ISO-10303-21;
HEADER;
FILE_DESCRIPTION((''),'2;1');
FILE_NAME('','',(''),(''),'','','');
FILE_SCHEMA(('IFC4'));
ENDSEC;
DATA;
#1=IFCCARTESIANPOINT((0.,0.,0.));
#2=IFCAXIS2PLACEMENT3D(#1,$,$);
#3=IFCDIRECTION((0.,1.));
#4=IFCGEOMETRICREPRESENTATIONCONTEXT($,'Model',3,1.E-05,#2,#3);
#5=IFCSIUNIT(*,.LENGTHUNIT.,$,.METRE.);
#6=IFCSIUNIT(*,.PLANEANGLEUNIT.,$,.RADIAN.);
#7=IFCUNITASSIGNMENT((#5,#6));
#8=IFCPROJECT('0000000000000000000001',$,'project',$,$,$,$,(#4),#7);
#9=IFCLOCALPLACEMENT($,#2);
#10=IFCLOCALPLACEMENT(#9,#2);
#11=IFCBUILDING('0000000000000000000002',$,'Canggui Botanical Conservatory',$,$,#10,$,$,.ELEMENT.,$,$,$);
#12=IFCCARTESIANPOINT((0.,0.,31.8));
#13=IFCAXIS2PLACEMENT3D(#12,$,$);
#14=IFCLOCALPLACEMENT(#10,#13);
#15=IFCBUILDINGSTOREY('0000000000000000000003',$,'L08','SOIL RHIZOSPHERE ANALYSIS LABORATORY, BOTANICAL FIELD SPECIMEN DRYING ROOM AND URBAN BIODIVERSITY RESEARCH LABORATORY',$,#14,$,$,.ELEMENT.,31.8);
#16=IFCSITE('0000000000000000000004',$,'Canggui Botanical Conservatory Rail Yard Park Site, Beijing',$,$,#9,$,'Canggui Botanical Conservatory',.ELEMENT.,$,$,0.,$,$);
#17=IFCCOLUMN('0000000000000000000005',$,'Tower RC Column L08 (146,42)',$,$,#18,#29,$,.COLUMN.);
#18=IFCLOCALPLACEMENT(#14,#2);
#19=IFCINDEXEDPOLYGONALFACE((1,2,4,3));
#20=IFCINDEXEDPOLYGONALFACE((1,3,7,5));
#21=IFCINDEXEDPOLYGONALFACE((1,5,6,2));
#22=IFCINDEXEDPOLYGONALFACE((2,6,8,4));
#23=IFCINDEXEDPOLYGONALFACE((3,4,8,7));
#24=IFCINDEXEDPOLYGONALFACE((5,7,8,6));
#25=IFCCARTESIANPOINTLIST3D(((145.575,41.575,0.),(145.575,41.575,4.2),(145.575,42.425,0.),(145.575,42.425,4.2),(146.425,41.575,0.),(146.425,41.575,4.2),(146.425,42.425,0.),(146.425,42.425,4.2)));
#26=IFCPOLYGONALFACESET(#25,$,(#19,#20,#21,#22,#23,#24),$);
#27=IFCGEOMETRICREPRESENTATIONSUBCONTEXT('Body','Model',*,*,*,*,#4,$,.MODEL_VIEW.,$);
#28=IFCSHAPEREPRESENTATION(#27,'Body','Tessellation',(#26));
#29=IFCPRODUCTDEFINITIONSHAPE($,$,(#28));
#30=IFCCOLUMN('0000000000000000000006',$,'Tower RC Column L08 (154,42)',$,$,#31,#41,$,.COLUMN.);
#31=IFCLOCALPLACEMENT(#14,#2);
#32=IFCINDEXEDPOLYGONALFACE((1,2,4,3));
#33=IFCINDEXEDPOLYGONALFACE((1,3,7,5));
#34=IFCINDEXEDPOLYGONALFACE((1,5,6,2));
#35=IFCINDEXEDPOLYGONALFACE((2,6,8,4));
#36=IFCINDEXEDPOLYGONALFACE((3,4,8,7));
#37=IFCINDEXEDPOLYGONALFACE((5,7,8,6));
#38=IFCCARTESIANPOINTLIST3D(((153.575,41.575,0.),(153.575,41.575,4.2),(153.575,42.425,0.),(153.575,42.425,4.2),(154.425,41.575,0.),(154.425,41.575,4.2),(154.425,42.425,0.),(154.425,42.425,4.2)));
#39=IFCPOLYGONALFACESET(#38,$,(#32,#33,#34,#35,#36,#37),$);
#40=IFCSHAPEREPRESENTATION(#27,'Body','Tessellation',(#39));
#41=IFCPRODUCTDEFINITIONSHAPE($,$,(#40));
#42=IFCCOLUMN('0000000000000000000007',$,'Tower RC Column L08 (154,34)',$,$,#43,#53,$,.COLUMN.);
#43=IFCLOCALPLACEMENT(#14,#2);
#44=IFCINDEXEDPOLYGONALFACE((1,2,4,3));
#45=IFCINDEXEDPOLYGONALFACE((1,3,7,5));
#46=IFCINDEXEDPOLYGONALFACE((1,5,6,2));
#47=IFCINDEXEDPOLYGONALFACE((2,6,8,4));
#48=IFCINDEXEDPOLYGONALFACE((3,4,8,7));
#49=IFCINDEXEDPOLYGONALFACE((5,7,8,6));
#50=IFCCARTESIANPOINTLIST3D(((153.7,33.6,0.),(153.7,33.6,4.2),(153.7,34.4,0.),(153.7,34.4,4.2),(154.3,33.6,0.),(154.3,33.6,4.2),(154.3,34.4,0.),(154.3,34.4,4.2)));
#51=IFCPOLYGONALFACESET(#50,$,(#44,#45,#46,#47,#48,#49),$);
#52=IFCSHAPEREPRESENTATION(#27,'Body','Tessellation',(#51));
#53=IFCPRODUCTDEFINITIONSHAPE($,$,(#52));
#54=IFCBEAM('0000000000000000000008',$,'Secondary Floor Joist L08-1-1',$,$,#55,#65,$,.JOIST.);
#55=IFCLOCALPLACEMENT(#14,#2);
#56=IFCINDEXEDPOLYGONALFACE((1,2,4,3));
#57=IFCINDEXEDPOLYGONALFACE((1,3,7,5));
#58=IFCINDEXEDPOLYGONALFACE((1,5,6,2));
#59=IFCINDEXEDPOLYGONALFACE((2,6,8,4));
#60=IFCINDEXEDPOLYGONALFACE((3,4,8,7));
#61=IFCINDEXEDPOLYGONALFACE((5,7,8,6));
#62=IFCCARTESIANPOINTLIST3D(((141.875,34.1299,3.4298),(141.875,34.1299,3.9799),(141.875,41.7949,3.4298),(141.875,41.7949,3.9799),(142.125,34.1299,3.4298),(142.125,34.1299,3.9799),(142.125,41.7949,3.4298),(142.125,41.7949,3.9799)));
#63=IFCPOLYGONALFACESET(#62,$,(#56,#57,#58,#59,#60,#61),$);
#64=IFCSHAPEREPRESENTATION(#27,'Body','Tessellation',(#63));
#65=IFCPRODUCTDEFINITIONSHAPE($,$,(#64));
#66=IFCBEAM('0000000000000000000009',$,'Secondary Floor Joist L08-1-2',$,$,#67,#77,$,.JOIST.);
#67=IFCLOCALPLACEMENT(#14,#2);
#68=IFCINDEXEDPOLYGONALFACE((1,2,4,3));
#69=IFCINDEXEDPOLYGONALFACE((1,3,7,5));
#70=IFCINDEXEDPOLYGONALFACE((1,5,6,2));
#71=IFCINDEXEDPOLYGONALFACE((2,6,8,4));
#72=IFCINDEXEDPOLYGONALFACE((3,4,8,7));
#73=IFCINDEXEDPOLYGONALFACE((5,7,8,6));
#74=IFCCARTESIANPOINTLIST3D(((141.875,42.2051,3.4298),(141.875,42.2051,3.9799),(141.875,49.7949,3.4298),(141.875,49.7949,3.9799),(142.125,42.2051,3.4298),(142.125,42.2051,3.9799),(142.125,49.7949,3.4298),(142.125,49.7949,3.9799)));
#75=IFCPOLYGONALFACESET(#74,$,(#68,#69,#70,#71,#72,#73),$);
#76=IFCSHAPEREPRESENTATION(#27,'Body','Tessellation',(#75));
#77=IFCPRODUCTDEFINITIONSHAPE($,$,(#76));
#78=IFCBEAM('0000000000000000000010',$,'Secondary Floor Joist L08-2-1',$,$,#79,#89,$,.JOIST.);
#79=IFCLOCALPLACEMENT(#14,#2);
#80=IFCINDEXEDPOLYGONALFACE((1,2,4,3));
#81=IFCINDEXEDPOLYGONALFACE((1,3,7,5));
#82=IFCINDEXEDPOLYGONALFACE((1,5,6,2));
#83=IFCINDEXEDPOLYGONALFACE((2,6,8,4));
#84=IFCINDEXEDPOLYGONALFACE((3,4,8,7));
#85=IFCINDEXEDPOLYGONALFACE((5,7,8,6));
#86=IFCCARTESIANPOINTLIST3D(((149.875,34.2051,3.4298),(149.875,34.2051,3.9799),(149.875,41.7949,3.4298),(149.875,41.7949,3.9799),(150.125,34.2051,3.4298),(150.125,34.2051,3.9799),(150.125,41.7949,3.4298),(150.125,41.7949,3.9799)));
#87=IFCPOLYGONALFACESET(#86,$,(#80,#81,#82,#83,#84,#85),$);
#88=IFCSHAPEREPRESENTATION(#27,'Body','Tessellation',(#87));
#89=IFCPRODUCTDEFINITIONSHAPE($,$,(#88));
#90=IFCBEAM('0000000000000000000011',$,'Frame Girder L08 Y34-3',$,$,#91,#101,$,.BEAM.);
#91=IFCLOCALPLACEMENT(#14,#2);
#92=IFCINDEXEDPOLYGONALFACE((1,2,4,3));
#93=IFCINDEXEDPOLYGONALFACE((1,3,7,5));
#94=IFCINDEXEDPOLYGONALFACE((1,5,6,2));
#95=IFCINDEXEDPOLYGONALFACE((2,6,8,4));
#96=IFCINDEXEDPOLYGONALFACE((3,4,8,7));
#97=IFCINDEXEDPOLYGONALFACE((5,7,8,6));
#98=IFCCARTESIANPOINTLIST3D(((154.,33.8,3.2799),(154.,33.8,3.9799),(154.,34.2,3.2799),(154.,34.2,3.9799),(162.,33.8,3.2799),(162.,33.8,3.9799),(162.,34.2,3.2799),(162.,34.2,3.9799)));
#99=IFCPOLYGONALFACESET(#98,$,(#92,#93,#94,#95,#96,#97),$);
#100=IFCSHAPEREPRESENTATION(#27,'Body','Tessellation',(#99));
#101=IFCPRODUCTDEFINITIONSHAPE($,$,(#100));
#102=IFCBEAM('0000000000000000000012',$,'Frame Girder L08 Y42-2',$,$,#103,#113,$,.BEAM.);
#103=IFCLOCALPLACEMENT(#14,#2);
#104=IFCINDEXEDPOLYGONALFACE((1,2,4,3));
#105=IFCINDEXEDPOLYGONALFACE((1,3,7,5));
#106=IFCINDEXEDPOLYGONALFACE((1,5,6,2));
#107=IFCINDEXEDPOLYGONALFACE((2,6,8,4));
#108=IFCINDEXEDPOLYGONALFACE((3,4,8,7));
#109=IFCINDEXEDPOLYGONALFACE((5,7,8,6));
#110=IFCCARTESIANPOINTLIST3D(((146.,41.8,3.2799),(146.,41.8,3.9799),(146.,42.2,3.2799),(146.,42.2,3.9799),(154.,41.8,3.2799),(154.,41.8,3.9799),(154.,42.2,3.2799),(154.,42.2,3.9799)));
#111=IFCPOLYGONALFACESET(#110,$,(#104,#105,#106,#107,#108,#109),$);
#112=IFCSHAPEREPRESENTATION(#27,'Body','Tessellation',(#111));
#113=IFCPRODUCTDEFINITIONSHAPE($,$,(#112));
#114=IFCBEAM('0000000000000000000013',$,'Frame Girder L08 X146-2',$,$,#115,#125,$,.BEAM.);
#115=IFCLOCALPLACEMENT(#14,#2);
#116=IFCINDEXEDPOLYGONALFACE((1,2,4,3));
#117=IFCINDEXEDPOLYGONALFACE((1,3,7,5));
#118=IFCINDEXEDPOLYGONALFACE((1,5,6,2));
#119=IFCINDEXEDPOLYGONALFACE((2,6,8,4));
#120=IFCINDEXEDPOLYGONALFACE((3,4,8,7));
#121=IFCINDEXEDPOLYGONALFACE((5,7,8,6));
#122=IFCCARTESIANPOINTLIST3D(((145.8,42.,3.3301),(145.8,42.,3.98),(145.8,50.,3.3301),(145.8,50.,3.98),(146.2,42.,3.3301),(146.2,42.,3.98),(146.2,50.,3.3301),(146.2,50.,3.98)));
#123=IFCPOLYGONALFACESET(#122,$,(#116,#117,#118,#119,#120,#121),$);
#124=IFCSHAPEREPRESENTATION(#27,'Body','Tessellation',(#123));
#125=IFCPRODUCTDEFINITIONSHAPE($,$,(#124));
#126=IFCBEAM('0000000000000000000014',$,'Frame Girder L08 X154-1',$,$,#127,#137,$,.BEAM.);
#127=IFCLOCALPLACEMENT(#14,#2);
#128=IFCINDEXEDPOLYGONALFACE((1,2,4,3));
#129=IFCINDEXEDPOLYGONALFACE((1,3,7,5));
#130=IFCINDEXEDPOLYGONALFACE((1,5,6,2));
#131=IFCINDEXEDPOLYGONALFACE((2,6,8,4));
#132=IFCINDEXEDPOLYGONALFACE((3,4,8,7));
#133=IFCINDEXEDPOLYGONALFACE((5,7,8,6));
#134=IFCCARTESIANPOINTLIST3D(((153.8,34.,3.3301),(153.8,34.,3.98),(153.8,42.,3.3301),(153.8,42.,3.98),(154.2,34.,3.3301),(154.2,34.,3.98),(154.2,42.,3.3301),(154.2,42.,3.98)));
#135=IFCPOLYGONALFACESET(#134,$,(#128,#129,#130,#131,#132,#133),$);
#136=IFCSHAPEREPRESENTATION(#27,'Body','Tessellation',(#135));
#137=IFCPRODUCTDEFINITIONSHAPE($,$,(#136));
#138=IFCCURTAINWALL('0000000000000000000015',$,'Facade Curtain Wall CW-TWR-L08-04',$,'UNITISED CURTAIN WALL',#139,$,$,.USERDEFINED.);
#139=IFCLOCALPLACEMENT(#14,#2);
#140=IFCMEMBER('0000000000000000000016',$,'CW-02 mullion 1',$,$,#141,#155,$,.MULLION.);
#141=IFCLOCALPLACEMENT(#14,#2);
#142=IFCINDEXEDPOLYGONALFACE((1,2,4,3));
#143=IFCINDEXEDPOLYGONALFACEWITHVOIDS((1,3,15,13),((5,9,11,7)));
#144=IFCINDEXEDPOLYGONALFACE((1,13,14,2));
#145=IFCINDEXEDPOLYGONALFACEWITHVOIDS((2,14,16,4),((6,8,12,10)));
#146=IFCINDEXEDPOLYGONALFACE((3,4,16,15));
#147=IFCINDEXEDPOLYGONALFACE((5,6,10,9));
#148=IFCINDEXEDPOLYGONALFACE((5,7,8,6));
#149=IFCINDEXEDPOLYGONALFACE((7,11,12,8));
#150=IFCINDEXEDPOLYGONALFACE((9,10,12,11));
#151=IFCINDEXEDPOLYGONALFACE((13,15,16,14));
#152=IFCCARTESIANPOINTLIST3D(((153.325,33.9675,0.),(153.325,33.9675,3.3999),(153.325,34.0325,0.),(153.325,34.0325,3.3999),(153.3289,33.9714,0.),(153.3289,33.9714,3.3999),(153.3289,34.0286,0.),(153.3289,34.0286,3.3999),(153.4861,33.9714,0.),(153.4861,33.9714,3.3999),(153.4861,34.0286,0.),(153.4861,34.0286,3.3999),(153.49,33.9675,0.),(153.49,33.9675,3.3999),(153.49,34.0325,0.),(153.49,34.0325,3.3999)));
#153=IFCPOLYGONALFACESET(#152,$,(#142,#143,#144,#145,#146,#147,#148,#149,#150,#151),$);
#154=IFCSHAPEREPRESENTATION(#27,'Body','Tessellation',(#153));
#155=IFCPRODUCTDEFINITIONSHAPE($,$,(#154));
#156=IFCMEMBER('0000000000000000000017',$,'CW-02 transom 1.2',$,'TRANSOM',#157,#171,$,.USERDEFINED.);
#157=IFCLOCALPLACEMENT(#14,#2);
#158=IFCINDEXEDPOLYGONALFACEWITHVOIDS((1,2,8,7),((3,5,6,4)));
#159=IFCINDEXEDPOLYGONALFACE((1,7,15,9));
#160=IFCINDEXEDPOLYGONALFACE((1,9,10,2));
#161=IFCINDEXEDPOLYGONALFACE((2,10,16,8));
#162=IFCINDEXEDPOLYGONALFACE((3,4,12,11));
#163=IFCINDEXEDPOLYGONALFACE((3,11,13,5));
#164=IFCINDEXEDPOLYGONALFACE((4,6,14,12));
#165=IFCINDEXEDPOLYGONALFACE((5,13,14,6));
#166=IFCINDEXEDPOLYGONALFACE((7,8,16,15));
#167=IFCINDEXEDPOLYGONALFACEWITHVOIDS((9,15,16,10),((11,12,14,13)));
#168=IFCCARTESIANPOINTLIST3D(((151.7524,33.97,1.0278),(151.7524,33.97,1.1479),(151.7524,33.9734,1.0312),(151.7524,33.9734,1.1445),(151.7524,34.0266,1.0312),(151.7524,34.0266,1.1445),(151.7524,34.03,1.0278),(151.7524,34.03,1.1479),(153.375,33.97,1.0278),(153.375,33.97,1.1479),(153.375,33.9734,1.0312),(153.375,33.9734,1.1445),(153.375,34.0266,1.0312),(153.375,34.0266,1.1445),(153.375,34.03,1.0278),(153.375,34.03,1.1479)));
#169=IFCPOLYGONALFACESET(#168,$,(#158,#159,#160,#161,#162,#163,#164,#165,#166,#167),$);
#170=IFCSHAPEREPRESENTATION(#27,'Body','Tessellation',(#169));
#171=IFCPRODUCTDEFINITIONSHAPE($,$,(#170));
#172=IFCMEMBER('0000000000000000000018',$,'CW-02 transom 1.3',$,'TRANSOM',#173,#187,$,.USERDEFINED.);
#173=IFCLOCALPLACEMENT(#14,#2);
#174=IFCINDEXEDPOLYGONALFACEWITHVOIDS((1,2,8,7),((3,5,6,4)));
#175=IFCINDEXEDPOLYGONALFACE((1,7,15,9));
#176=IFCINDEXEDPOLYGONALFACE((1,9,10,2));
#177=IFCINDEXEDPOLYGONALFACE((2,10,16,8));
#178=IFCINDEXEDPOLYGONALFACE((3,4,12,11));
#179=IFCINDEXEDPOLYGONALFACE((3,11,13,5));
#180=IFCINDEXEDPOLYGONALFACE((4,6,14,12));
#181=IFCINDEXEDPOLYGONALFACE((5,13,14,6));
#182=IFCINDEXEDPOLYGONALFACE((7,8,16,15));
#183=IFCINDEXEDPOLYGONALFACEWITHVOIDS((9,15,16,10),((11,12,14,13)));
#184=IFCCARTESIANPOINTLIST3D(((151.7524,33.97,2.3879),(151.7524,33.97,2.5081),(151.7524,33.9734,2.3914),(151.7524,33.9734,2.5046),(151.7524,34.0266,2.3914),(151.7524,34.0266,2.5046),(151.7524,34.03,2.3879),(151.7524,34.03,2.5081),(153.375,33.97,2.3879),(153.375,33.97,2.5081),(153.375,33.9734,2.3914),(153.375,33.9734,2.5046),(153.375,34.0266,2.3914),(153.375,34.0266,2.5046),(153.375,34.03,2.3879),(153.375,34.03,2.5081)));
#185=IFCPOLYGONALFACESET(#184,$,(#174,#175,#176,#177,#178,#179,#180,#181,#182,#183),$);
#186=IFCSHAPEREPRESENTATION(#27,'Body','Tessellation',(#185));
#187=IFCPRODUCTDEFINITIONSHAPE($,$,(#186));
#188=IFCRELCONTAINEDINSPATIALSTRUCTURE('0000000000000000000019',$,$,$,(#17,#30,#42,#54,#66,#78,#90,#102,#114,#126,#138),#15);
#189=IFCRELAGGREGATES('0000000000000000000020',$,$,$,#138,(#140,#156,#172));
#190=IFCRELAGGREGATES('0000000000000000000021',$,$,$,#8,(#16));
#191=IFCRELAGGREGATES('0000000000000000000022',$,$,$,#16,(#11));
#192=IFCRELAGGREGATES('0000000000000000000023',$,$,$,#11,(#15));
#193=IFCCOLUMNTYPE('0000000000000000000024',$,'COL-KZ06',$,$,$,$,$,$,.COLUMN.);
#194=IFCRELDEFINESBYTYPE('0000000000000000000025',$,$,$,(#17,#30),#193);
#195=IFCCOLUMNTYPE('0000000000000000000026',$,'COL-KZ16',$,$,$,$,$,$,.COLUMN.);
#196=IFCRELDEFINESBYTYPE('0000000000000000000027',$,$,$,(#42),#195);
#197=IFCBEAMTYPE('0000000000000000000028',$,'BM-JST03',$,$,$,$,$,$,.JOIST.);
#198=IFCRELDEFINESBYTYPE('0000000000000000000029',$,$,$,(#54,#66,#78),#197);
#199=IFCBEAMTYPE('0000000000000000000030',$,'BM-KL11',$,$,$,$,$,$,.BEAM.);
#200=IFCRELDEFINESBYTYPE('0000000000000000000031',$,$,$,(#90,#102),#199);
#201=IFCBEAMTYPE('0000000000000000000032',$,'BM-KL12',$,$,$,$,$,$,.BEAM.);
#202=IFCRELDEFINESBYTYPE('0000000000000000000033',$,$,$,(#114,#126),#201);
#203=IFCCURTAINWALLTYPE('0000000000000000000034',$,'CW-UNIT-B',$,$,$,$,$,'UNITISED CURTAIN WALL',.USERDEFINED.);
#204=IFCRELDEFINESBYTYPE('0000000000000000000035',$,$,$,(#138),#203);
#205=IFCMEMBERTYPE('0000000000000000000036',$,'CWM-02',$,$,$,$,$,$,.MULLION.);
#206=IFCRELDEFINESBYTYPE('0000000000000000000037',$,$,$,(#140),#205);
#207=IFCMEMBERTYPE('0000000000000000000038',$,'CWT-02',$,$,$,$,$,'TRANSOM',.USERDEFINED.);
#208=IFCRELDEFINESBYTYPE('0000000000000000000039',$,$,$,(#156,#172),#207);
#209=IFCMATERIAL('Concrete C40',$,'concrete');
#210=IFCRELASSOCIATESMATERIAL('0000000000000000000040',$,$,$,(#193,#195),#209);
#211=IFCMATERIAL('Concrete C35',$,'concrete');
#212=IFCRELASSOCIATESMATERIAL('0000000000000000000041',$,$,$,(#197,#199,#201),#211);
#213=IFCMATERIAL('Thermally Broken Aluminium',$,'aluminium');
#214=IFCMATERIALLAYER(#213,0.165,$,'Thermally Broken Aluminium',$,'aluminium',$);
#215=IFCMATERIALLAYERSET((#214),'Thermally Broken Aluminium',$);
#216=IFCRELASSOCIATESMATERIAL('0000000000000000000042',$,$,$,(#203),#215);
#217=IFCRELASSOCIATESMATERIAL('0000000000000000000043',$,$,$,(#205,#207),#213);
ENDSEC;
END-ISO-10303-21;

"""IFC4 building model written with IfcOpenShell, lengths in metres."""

from ifc_helpers import new_model, si_unit, direction, frame, origin, origin_2d, place, context, subcontext, project, spatial, rectangle, hollow_rectangle, extrude, material, layer, layer_set, material_profile, profile_set, type_object, element, aggregate, save


model = new_model("IFC4")

# Units and contexts
model_context = context("Model", 3, precision=1e-05, world=origin(), true_north=direction((0.0, 1.0)))
body_context = subcontext(model_context, "Body", "Model", "MODEL_VIEW")
ifc_project = project(units=[si_unit("LENGTHUNIT", "METRE"), si_unit("PLANEANGLEUNIT", "RADIAN")], contexts=[model_context])

# Site, building, storey
site_placement = place(None, origin())
site = spatial("IfcSite", under=ifc_project, at=site_placement, Name="Canggui Botanical Conservatory Rail Yard Park Site, Beijing", LongName="Canggui Botanical Conservatory", CompositionType="ELEMENT", RefElevation=0.0)
building_placement = place(site_placement, origin())
building = spatial("IfcBuilding", under=site, at=building_placement, Name="Canggui Botanical Conservatory", CompositionType="ELEMENT")
storey_placement = place(building_placement, frame((0.0, 0.0, 31.8)))
storey = spatial("IfcBuildingStorey", under=building, at=storey_placement, Name="L08", Description="SOIL RHIZOSPHERE ANALYSIS LABORATORY, BOTANICAL FIELD SPECIMEN DRYING ROOM AND URBAN BIODIVERSITY RESEARCH LABORATORY", CompositionType="ELEMENT", Elevation=31.8)

# Columns
ifc_material_1 = material(Name="Concrete C40", Category="concrete")
ifc_material_profile_1 = material_profile(ifc_material_1, rectangle(XDim=0.8501, YDim=0.8501, at=origin_2d()), Name="RC 850x850")
ifc_profile_set_1 = profile_set([ifc_material_profile_1], Name="Concrete C40")
column_type_1 = type_object("IfcColumnType", Name="COL-KZ06", PredefinedType="COLUMN", material=ifc_profile_set_1)
for number, where, z_axis, x_axis, name in (
    (1, (146.0, 42.0, 0.0), (0.0, 0.0, 1.0), (1.0, 0.0, 0.0), "Tower RC Column L08 (146,42)"),
    (2, (154.0, 42.0, 0.0), (0.0, 0.0, 1.0), (1.0, 0.0, 0.0), "Tower RC Column L08 (154,42)"),
):
    element("IfcColumn", number, at=place(storey_placement, frame(where, z_axis=z_axis, x_axis=x_axis)), inside=storey, type_object=column_type_1, Name=name, PredefinedType="COLUMN", context=body_context, shape_type="SweptSolid", body=[
        extrude(rectangle(XDim=0.8501, YDim=0.8501, at=origin_2d()), origin(), (0.0, 0.0, 1.0), 4.2),
    ])
ifc_material_profile_2 = material_profile(ifc_material_1, rectangle(XDim=0.6001, YDim=0.8, at=origin_2d()), Name="RC 600x800")
ifc_profile_set_2 = profile_set([ifc_material_profile_2], Name="Concrete C40")
column_type_2 = type_object("IfcColumnType", Name="COL-KZ16", PredefinedType="COLUMN", material=ifc_profile_set_2)
column_placement = place(storey_placement, frame((154.0, 34.0, 0.0), z_axis=(0.0, 0.0, 1.0), x_axis=(1.0, 0.0, 0.0)))
element("IfcColumn", 3, at=column_placement, inside=storey, type_object=column_type_2, Name="Tower RC Column L08 (154,34)", PredefinedType="COLUMN", context=body_context, shape_type="SweptSolid", body=[
    extrude(rectangle(XDim=0.6001, YDim=0.8, at=origin_2d()), origin(), (0.0, 0.0, 1.0), 4.2),
])

# Beams
ifc_material_2 = material(Name="Concrete C35", Category="concrete")
ifc_material_profile_3 = material_profile(ifc_material_2, rectangle(XDim=0.25, YDim=0.55, at=origin_2d()), Name="RB 250x550")
ifc_profile_set_3 = profile_set([ifc_material_profile_3], Name="Concrete C35")
beam_type_1 = type_object("IfcBeamType", Name="BM-JST03", PredefinedType="JOIST", material=ifc_profile_set_3)
beam_placement = place(storey_placement, frame((142.0, 34.1299, 3.7048), z_axis=(0.0, 1.0, 0.0), x_axis=(-1.0, 0.0, 0.0)))
element("IfcBeam", 4, at=beam_placement, inside=storey, type_object=beam_type_1, Name="Secondary Floor Joist L08-1-1", PredefinedType="JOIST", context=body_context, shape_type="SweptSolid", body=[
    extrude(rectangle(XDim=0.25, YDim=0.55, at=origin_2d()), origin(), (0.0, 0.0, 1.0), 7.665),
])
for number, where, z_axis, x_axis, name in (
    (5, (142.0, 42.2051, 3.7048), (0.0, 1.0, 0.0), (-1.0, 0.0, 0.0), "Secondary Floor Joist L08-1-2"),
    (6, (150.0, 34.2051, 3.7048), (0.0, 1.0, 0.0), (-1.0, 0.0, 0.0), "Secondary Floor Joist L08-2-1"),
):
    element("IfcBeam", number, at=place(storey_placement, frame(where, z_axis=z_axis, x_axis=x_axis)), inside=storey, type_object=beam_type_1, Name=name, PredefinedType="JOIST", context=body_context, shape_type="SweptSolid", body=[
        extrude(rectangle(XDim=0.25, YDim=0.55, at=origin_2d()), origin(), (0.0, 0.0, 1.0), 7.5898),
    ])
ifc_material_profile_4 = material_profile(ifc_material_2, rectangle(XDim=0.3999, YDim=0.7, at=origin_2d()), Name="RB 400x700")
ifc_profile_set_4 = profile_set([ifc_material_profile_4], Name="Concrete C35")
beam_type_2 = type_object("IfcBeamType", Name="BM-KL11", PredefinedType="BEAM", material=ifc_profile_set_4)
for number, where, z_axis, x_axis, name in (
    (7, (154.0, 34.0, 3.6299), (1.0, 0.0, 0.0), (0.0, 1.0, 0.0), "Frame Girder L08 Y34-3"),
    (8, (146.0, 42.0, 3.6299), (1.0, 0.0, 0.0), (0.0, 1.0, 0.0), "Frame Girder L08 Y42-2"),
):
    element("IfcBeam", number, at=place(storey_placement, frame(where, z_axis=z_axis, x_axis=x_axis)), inside=storey, type_object=beam_type_2, Name=name, PredefinedType="BEAM", context=body_context, shape_type="SweptSolid", body=[
        extrude(rectangle(XDim=0.3999, YDim=0.7, at=origin_2d()), origin(), (0.0, 0.0, 1.0), 8.0),
    ])
ifc_material_profile_5 = material_profile(ifc_material_2, rectangle(XDim=0.3999, YDim=0.6499, at=origin_2d()), Name="RB 400x650")
ifc_profile_set_5 = profile_set([ifc_material_profile_5], Name="Concrete C35")
beam_type_3 = type_object("IfcBeamType", Name="BM-KL12", PredefinedType="BEAM", material=ifc_profile_set_5)
for number, where, z_axis, x_axis, name in (
    (9, (146.0, 42.0, 3.655), (0.0, 1.0, 0.0), (-1.0, 0.0, 0.0), "Frame Girder L08 X146-2"),
    (10, (154.0, 34.0, 3.655), (0.0, 1.0, 0.0), (-1.0, 0.0, 0.0), "Frame Girder L08 X154-1"),
):
    element("IfcBeam", number, at=place(storey_placement, frame(where, z_axis=z_axis, x_axis=x_axis)), inside=storey, type_object=beam_type_3, Name=name, PredefinedType="BEAM", context=body_context, shape_type="SweptSolid", body=[
        extrude(rectangle(XDim=0.3999, YDim=0.6499, at=origin_2d()), origin(), (0.0, 0.0, 1.0), 8.0),
    ])

# Curtain wall, members
ifc_material_3 = material(Name="Thermally Broken Aluminium", Category="aluminium")
ifc_layer_1 = layer(ifc_material_3, 0.165, Name="Thermally Broken Aluminium", Category="aluminium")
ifc_layer_set_1 = layer_set([ifc_layer_1], Name="Thermally Broken Aluminium")
curtain_wall_type = type_object("IfcCurtainWallType", Name="CW-UNIT-B", ElementType="UNITISED CURTAIN WALL", PredefinedType="USERDEFINED", material=ifc_layer_set_1)
curtain_wall_placement = place(storey_placement, origin())
curtain_wall = element("IfcCurtainWall", 11, at=curtain_wall_placement, inside=storey, type_object=curtain_wall_type, Name="Facade Curtain Wall CW-TWR-L08-04", ObjectType="UNITISED CURTAIN WALL", PredefinedType="USERDEFINED")
ifc_material_profile_6 = material_profile(ifc_material_3, hollow_rectangle(XDim=0.0649, YDim=0.165, WallThickness=0.0039, at=origin_2d()), Name="CWM 65x165x4")
ifc_profile_set_6 = profile_set([ifc_material_profile_6], Name="Thermally Broken Aluminium")
member_type_1 = type_object("IfcMemberType", Name="CWM-02", PredefinedType="MULLION", material=ifc_profile_set_6)
member_1_placement = place(storey_placement, frame((153.4075, 34.0, 0.0), z_axis=(0.0, 0.0, 1.0), x_axis=(0.0, -1.0, 0.0)))
member_1 = element("IfcMember", 12, at=member_1_placement, type_object=member_type_1, Name="CW-02 mullion 1", PredefinedType="MULLION", context=body_context, shape_type="SweptSolid", body=[
    extrude(hollow_rectangle(XDim=0.0649, YDim=0.165, WallThickness=0.0039, at=origin_2d()), origin(), (0.0, 0.0, 1.0), 3.3999),
])
ifc_material_profile_7 = material_profile(ifc_material_3, hollow_rectangle(XDim=0.0601, YDim=0.1201, WallThickness=0.0034, at=origin_2d()), Name="CWT 60x120x3.5")
ifc_profile_set_7 = profile_set([ifc_material_profile_7], Name="Thermally Broken Aluminium")
member_type_2 = type_object("IfcMemberType", Name="CWT-02", ElementType="TRANSOM", PredefinedType="USERDEFINED", material=ifc_profile_set_7)
member_2_placement = place(storey_placement, frame((153.375, 34.0, 1.0879), z_axis=(-1.0, 0.0, 0.0), x_axis=(0.0, -1.0, 0.0)))
member_2 = element("IfcMember", 13, at=member_2_placement, type_object=member_type_2, Name="CW-02 transom 1.2", ObjectType="TRANSOM", PredefinedType="USERDEFINED", context=body_context, shape_type="SweptSolid", body=[
    extrude(hollow_rectangle(XDim=0.0601, YDim=0.1201, WallThickness=0.0034, at=origin_2d()), origin(), (0.0, 0.0, 1.0), 1.6226),
])
member_3_placement = place(storey_placement, frame((153.375, 34.0, 2.448), z_axis=(-1.0, 0.0, 0.0), x_axis=(0.0, -1.0, 0.0)))
member_3 = element("IfcMember", 14, at=member_3_placement, type_object=member_type_2, Name="CW-02 transom 1.3", ObjectType="TRANSOM", PredefinedType="USERDEFINED", context=body_context, shape_type="SweptSolid", body=[
    extrude(hollow_rectangle(XDim=0.0601, YDim=0.1201, WallThickness=0.0034, at=origin_2d()), origin(), (0.0, 0.0, 1.0), 1.6226),
])
aggregate(curtain_wall, [member_1, member_2, member_3])

save(model, "model.ifc")
